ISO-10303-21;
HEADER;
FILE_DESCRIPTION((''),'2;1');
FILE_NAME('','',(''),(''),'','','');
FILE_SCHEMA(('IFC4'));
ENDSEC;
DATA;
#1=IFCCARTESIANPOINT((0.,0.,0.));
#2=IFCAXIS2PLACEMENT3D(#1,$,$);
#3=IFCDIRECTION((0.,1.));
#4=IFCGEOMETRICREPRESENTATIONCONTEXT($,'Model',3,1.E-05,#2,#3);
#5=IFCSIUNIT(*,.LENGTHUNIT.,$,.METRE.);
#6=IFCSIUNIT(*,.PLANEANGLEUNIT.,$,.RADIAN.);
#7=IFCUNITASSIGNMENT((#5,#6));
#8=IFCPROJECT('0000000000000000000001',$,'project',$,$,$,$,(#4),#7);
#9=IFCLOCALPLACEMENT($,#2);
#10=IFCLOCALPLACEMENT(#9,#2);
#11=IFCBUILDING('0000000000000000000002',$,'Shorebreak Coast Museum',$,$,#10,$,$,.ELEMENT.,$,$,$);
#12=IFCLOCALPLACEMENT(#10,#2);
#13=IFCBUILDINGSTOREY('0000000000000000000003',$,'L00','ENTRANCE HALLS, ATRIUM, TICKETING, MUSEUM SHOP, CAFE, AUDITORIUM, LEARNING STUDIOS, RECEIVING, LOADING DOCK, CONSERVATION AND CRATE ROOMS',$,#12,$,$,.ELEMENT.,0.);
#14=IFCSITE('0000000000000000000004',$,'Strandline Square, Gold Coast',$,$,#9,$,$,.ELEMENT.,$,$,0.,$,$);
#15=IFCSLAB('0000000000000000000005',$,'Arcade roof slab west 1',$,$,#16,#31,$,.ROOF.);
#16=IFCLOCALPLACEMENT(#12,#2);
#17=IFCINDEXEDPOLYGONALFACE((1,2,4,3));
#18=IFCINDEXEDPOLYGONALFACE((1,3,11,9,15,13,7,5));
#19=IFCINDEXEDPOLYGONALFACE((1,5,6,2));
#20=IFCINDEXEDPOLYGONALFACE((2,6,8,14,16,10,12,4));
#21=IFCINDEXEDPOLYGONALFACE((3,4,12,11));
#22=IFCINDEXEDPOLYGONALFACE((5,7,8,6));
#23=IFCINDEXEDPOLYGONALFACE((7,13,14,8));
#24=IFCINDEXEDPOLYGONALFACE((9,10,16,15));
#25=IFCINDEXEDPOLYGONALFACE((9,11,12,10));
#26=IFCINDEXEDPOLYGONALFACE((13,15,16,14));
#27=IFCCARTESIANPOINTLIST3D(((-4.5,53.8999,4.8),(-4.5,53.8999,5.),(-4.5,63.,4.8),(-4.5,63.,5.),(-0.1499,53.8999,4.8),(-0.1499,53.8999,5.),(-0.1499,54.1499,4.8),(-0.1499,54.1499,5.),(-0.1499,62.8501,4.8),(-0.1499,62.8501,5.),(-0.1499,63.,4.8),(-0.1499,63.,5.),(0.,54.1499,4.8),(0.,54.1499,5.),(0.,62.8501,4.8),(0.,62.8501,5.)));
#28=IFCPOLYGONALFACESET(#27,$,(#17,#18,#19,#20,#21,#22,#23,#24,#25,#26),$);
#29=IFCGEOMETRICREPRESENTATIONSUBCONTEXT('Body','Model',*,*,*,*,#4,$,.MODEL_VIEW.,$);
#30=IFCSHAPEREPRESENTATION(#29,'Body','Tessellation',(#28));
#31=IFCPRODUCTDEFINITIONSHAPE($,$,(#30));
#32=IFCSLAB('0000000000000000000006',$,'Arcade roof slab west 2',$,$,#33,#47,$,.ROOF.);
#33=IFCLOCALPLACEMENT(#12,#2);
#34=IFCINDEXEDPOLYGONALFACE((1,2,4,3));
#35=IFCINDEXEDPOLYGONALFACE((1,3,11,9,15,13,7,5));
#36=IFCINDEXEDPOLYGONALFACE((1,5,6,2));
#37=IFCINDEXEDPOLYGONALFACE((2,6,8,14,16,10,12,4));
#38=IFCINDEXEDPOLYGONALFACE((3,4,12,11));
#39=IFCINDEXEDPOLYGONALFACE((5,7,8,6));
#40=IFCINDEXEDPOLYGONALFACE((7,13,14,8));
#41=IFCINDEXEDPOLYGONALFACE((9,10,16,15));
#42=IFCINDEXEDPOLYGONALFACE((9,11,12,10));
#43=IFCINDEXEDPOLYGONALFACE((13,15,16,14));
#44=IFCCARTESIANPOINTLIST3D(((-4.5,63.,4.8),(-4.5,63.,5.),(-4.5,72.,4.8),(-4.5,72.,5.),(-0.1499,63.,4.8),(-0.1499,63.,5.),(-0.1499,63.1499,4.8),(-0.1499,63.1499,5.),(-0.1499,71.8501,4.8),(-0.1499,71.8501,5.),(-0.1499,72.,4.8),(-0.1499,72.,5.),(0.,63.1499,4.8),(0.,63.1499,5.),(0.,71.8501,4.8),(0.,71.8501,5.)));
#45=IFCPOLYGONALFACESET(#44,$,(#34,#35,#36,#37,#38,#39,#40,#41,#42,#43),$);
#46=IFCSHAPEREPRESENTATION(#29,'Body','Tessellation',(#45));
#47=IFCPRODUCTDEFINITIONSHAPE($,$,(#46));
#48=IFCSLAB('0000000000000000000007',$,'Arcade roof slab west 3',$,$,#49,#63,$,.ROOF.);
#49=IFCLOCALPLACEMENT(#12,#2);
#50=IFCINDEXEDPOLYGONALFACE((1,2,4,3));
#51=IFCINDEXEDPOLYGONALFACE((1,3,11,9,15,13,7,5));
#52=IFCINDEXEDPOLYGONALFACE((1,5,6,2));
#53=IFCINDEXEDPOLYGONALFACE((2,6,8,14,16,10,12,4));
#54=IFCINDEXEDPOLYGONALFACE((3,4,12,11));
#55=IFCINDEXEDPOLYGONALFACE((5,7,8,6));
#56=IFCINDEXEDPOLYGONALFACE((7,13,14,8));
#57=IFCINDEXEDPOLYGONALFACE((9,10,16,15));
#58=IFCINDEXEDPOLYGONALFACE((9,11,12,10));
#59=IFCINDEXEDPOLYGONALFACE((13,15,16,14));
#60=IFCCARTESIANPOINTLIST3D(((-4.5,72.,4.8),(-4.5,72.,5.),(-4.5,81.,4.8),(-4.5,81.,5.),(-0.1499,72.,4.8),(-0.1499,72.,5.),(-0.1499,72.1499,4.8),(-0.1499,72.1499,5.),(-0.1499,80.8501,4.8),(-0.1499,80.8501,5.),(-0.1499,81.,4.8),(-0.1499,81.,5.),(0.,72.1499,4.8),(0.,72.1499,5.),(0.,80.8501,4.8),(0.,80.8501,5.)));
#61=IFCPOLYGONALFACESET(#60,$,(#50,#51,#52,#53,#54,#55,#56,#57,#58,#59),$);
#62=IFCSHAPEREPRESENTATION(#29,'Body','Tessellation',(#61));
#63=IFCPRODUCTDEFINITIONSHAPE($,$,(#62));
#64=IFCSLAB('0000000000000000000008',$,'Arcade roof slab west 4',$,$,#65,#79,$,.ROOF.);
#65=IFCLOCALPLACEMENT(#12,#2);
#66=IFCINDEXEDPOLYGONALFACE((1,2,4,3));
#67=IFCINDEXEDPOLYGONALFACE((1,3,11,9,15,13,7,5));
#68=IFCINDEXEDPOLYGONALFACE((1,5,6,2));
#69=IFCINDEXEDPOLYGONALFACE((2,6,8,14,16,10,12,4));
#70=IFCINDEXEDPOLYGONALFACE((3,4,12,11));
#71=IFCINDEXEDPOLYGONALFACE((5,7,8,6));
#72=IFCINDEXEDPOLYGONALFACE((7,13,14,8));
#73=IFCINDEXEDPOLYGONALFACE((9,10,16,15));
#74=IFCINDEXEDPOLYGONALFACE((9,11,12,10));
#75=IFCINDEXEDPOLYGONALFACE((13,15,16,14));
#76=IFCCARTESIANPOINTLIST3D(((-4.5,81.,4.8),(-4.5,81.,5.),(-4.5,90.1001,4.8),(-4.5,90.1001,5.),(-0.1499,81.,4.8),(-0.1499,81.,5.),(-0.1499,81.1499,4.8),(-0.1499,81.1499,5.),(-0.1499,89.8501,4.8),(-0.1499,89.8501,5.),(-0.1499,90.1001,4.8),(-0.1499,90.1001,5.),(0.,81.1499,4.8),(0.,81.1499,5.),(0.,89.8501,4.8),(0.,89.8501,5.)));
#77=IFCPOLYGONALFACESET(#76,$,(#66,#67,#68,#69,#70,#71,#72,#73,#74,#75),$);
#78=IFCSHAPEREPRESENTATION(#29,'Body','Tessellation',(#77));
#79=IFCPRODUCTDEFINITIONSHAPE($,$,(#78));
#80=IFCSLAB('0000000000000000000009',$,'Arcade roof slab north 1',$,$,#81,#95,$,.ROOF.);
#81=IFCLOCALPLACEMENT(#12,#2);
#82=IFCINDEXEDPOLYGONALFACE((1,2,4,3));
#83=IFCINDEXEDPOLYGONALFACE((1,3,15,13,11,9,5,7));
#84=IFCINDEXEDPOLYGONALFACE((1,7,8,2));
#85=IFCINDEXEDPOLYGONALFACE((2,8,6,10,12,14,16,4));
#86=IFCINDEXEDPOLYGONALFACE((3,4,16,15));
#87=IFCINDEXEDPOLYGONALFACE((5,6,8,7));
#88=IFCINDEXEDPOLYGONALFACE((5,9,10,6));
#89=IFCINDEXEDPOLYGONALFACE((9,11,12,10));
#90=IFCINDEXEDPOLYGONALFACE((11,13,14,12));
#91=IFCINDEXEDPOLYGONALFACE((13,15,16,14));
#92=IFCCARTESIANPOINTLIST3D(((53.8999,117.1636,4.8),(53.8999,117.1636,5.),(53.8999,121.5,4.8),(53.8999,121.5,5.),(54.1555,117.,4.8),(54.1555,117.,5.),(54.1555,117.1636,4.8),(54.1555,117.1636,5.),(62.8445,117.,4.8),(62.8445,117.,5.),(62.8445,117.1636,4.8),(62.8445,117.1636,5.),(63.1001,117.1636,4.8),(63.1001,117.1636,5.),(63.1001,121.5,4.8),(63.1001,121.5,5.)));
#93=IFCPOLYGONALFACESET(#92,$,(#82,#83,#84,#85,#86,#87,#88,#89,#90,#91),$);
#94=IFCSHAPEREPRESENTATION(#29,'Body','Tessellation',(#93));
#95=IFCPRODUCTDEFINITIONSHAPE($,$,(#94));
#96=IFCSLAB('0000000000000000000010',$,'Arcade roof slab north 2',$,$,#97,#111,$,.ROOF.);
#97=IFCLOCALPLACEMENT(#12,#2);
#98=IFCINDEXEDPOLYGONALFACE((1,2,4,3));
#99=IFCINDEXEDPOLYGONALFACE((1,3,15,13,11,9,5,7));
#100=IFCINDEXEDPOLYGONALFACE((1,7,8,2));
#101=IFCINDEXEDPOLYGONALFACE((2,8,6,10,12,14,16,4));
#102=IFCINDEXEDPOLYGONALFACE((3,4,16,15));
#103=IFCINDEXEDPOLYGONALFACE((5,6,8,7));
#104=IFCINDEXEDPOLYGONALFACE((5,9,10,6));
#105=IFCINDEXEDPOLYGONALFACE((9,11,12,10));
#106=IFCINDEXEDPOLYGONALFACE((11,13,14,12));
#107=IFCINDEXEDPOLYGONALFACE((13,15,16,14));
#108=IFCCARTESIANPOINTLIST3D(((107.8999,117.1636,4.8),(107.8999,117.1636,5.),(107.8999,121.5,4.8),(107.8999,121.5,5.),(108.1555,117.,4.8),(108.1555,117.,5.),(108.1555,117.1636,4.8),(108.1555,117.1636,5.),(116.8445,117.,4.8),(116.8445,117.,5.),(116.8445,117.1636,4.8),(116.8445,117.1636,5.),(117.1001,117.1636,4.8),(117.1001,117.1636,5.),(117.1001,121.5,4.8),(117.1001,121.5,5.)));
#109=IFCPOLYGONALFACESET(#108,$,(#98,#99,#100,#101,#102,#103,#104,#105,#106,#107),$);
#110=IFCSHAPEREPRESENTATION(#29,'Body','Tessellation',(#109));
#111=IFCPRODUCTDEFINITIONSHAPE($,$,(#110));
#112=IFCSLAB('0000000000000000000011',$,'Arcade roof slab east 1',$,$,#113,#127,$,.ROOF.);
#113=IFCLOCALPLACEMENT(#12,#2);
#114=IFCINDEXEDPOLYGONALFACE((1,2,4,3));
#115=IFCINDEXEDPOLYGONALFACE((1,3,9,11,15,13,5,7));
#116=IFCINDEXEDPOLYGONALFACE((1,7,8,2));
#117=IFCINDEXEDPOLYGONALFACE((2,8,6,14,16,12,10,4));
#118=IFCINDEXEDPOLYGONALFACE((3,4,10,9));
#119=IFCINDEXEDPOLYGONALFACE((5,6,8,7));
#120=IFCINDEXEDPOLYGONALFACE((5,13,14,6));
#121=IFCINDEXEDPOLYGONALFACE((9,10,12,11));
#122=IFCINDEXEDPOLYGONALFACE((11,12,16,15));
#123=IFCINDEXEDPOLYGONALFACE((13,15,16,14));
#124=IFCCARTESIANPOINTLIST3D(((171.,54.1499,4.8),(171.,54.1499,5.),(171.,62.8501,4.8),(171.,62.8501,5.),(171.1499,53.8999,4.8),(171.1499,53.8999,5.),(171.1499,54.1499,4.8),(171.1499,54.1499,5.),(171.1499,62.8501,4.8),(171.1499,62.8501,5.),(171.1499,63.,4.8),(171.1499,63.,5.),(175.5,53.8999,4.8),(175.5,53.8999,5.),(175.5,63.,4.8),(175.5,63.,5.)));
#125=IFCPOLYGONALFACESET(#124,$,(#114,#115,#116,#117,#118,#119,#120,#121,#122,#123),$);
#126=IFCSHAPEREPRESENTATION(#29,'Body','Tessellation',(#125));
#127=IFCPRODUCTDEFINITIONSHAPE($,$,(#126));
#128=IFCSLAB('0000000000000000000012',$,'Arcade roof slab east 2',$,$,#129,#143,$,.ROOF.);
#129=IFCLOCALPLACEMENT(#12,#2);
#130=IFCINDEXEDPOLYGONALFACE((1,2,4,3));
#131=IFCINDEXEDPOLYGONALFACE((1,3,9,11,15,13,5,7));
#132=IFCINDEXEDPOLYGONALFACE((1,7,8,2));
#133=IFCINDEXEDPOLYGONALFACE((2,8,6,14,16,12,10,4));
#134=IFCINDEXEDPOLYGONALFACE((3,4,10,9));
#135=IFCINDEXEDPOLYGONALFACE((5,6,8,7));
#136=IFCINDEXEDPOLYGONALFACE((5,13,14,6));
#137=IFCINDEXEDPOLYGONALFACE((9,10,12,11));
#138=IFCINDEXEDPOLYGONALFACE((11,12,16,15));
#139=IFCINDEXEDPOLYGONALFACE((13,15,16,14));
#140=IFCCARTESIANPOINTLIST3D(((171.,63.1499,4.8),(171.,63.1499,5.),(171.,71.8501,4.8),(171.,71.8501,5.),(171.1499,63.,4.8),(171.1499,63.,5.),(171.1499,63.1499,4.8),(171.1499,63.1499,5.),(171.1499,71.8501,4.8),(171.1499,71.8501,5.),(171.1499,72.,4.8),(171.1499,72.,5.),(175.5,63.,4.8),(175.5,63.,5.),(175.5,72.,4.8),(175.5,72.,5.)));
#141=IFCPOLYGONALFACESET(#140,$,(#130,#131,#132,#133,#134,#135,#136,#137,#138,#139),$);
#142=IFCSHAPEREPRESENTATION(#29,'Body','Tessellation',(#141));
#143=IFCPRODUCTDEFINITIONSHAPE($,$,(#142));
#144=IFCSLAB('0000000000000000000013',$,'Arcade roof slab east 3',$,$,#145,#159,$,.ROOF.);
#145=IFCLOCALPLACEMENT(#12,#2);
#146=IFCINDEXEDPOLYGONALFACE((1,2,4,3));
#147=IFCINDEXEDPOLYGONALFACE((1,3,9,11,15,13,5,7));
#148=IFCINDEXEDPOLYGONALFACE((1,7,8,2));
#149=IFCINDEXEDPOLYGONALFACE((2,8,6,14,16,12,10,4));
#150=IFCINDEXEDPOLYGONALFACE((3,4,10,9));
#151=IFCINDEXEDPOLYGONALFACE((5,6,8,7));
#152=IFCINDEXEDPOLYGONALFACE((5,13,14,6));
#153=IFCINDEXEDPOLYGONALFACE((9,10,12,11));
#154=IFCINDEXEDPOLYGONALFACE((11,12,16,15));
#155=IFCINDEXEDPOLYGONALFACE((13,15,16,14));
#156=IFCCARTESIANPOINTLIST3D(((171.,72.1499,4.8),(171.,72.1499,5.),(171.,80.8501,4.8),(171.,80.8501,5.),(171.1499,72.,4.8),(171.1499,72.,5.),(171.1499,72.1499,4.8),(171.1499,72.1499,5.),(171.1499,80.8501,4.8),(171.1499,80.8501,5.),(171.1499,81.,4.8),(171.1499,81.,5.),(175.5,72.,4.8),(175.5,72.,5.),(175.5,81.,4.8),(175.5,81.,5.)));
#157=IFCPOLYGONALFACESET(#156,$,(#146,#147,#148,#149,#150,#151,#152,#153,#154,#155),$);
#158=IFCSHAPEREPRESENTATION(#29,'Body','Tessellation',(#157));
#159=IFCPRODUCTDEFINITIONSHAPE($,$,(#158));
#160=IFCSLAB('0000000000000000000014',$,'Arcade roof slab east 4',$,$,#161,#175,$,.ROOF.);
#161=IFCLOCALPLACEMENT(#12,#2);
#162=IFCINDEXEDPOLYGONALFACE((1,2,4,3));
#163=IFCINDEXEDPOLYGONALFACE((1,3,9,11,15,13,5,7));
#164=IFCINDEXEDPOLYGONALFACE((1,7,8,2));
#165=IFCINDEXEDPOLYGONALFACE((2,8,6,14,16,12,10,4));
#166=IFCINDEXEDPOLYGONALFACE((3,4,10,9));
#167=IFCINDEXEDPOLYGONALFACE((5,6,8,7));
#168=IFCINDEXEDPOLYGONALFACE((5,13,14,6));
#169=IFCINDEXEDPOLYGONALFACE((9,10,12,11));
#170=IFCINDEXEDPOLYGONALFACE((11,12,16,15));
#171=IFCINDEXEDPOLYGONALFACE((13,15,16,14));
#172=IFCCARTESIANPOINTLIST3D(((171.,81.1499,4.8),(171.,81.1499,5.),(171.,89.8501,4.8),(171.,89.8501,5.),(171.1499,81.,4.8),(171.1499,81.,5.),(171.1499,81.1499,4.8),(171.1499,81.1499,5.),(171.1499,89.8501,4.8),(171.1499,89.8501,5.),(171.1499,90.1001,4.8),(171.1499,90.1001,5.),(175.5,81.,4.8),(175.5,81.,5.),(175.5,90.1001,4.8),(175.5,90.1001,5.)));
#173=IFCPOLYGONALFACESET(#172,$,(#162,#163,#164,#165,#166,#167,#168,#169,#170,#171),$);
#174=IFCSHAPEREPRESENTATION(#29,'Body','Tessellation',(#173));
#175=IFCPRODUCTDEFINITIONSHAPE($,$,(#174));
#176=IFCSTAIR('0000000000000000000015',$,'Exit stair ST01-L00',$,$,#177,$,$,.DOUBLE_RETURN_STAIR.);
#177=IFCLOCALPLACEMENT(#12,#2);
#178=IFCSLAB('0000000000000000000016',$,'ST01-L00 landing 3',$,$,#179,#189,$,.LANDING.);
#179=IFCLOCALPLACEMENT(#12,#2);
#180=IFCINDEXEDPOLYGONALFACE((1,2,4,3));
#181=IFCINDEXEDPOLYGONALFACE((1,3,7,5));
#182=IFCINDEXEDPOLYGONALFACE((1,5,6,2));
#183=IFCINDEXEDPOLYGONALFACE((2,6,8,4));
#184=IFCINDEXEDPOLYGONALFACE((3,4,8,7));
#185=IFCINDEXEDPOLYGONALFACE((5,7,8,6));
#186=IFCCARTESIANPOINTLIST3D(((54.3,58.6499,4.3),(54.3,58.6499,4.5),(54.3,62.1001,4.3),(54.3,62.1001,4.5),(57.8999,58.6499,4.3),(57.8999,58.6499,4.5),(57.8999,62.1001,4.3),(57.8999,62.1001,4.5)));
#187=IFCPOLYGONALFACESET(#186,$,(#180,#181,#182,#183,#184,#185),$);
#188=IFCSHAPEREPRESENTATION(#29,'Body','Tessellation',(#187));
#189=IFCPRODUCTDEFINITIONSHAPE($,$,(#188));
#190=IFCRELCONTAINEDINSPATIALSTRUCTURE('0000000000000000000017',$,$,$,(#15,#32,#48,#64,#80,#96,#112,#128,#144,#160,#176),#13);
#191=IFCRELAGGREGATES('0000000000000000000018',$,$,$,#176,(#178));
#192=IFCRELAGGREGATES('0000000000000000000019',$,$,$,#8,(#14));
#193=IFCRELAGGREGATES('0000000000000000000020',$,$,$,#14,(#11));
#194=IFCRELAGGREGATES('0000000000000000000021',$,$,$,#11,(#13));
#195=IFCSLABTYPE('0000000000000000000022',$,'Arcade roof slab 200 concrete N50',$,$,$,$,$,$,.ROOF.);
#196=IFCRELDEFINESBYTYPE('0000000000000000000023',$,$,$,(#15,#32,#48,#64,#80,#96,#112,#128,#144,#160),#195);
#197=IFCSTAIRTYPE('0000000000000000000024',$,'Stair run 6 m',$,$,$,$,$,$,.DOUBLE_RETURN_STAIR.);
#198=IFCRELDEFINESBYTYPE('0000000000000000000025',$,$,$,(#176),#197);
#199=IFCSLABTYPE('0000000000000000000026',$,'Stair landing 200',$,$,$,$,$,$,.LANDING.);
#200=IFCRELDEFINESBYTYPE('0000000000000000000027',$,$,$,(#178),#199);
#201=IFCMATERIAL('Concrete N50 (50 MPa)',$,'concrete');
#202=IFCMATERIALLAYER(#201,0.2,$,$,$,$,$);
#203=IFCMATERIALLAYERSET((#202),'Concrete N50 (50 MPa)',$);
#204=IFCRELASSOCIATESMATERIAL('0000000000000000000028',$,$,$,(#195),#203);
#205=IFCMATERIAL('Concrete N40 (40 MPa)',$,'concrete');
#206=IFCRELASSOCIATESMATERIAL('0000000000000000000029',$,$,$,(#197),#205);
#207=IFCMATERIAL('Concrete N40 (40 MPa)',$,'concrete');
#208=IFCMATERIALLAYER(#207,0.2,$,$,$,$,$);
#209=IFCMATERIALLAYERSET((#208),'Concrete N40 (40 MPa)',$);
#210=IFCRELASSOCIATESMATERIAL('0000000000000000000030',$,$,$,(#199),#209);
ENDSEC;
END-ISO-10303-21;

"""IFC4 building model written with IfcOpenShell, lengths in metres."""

from ifc_helpers import new_model, si_unit, direction, frame, origin, place, context, subcontext, project, spatial, polyline, outline, extrude, material, layer, layer_set, type_object, element, aggregate, save


model = new_model("IFC4")

# Units and contexts
model_context = context("Model", 3, precision=1e-05, world=origin(), true_north=direction((0.0, 1.0)))
body_context = subcontext(model_context, "Body", "Model", "MODEL_VIEW")
ifc_project = project(units=[si_unit("LENGTHUNIT", "METRE"), si_unit("PLANEANGLEUNIT", "RADIAN")], contexts=[model_context])

# Site, building, storey
site_placement = place(None, origin())
site = spatial("IfcSite", under=ifc_project, at=site_placement, Name="Strandline Square, Gold Coast", CompositionType="ELEMENT", RefElevation=0.0)
building_placement = place(site_placement, origin())
building = spatial("IfcBuilding", under=site, at=building_placement, Name="Shorebreak Coast Museum", CompositionType="ELEMENT")
storey_placement = place(building_placement, origin())
storey = spatial("IfcBuildingStorey", under=building, at=storey_placement, Name="L00", Description="ENTRANCE HALLS, ATRIUM, TICKETING, MUSEUM SHOP, CAFE, AUDITORIUM, LEARNING STUDIOS, RECEIVING, LOADING DOCK, CONSERVATION AND CRATE ROOMS", CompositionType="ELEMENT", Elevation=0.0)

# Slabs
ifc_material_1 = material(Name="Concrete N50 (50 MPa)", Category="concrete")
ifc_layer_1 = layer(ifc_material_1, 0.2)
ifc_layer_set_1 = layer_set([ifc_layer_1], Name="Concrete N50 (50 MPa)")
slab_type_1 = type_object("IfcSlabType", Name="Arcade roof slab 200 concrete N50", PredefinedType="ROOF", material=ifc_layer_set_1)
slab_1_placement = place(storey_placement, frame((0.0, 0.0, 4.8)))
element("IfcSlab", 1, at=slab_1_placement, inside=storey, type_object=slab_type_1, Name="Arcade roof slab west 1", PredefinedType="ROOF", context=body_context, shape_type="SweptSolid", body=[
    extrude(outline(polyline([(-4.5, 53.8999), (-4.5, 63.0), (-0.1499, 63.0), (-0.1499, 62.8501), (0.0, 62.8501), (0.0, 54.1499), (-0.1499, 54.1499), (-0.1499, 53.8999), (-4.5, 53.8999)])), origin(), (0.0, 0.0, 1.0), 0.2),
])
slab_2_placement = place(storey_placement, frame((0.0, 0.0, 4.8)))
element("IfcSlab", 2, at=slab_2_placement, inside=storey, type_object=slab_type_1, Name="Arcade roof slab west 2", PredefinedType="ROOF", context=body_context, shape_type="SweptSolid", body=[
    extrude(outline(polyline([(-4.5, 63.0), (-4.5, 72.0), (-0.1499, 72.0), (-0.1499, 71.8501), (0.0, 71.8501), (0.0, 63.1499), (-0.1499, 63.1499), (-0.1499, 63.0), (-4.5, 63.0)])), origin(), (0.0, 0.0, 1.0), 0.2),
])
slab_3_placement = place(storey_placement, frame((0.0, 0.0, 4.8)))
element("IfcSlab", 3, at=slab_3_placement, inside=storey, type_object=slab_type_1, Name="Arcade roof slab west 3", PredefinedType="ROOF", context=body_context, shape_type="SweptSolid", body=[
    extrude(outline(polyline([(-4.5, 72.0), (-4.5, 81.0), (-0.1499, 81.0), (-0.1499, 80.8501), (0.0, 80.8501), (0.0, 72.1499), (-0.1499, 72.1499), (-0.1499, 72.0), (-4.5, 72.0)])), origin(), (0.0, 0.0, 1.0), 0.2),
])
slab_4_placement = place(storey_placement, frame((0.0, 0.0, 4.8)))
element("IfcSlab", 4, at=slab_4_placement, inside=storey, type_object=slab_type_1, Name="Arcade roof slab west 4", PredefinedType="ROOF", context=body_context, shape_type="SweptSolid", body=[
    extrude(outline(polyline([(-4.5, 81.0), (-4.5, 90.1001), (-0.1499, 90.1001), (-0.1499, 89.8501), (0.0, 89.8501), (0.0, 81.1499), (-0.1499, 81.1499), (-0.1499, 81.0), (-4.5, 81.0)])), origin(), (0.0, 0.0, 1.0), 0.2),
])
slab_5_placement = place(storey_placement, frame((0.0, 0.0, 4.8)))
element("IfcSlab", 5, at=slab_5_placement, inside=storey, type_object=slab_type_1, Name="Arcade roof slab north 1", PredefinedType="ROOF", context=body_context, shape_type="SweptSolid", body=[
    extrude(outline(polyline([(53.8999, 121.5), (63.1001, 121.5), (63.1001, 117.1636), (62.8445, 117.1636), (62.8445, 117.0), (54.1555, 117.0), (54.1555, 117.1636), (53.8999, 117.1636), (53.8999, 121.5)])), origin(), (0.0, 0.0, 1.0), 0.2),
])
slab_6_placement = place(storey_placement, frame((0.0, 0.0, 4.8)))
element("IfcSlab", 6, at=slab_6_placement, inside=storey, type_object=slab_type_1, Name="Arcade roof slab north 2", PredefinedType="ROOF", context=body_context, shape_type="SweptSolid", body=[
    extrude(outline(polyline([(107.8999, 121.5), (117.1001, 121.5), (117.1001, 117.1636), (116.8445, 117.1636), (116.8445, 117.0), (108.1555, 117.0), (108.1555, 117.1636), (107.8999, 117.1636), (107.8999, 121.5)])), origin(), (0.0, 0.0, 1.0), 0.2),
])
slab_7_placement = place(storey_placement, frame((0.0, 0.0, 4.8)))
element("IfcSlab", 7, at=slab_7_placement, inside=storey, type_object=slab_type_1, Name="Arcade roof slab east 1", PredefinedType="ROOF", context=body_context, shape_type="SweptSolid", body=[
    extrude(outline(polyline([(175.5, 53.8999), (175.5, 63.0), (171.1499, 63.0), (171.1499, 62.8501), (171.0, 62.8501), (171.0, 54.1499), (171.1499, 54.1499), (171.1499, 53.8999), (175.5, 53.8999)])), origin(), (0.0, 0.0, 1.0), 0.2),
])
slab_8_placement = place(storey_placement, frame((0.0, 0.0, 4.8)))
element("IfcSlab", 8, at=slab_8_placement, inside=storey, type_object=slab_type_1, Name="Arcade roof slab east 2", PredefinedType="ROOF", context=body_context, shape_type="SweptSolid", body=[
    extrude(outline(polyline([(175.5, 63.0), (175.5, 72.0), (171.1499, 72.0), (171.1499, 71.8501), (171.0, 71.8501), (171.0, 63.1499), (171.1499, 63.1499), (171.1499, 63.0), (175.5, 63.0)])), origin(), (0.0, 0.0, 1.0), 0.2),
])
slab_9_placement = place(storey_placement, frame((0.0, 0.0, 4.8)))
element("IfcSlab", 9, at=slab_9_placement, inside=storey, type_object=slab_type_1, Name="Arcade roof slab east 3", PredefinedType="ROOF", context=body_context, shape_type="SweptSolid", body=[
    extrude(outline(polyline([(175.5, 72.0), (175.5, 81.0), (171.1499, 81.0), (171.1499, 80.8501), (171.0, 80.8501), (171.0, 72.1499), (171.1499, 72.1499), (171.1499, 72.0), (175.5, 72.0)])), origin(), (0.0, 0.0, 1.0), 0.2),
])
slab_10_placement = place(storey_placement, frame((0.0, 0.0, 4.8)))
element("IfcSlab", 10, at=slab_10_placement, inside=storey, type_object=slab_type_1, Name="Arcade roof slab east 4", PredefinedType="ROOF", context=body_context, shape_type="SweptSolid", body=[
    extrude(outline(polyline([(175.5, 81.0), (175.5, 90.1001), (171.1499, 90.1001), (171.1499, 89.8501), (171.0, 89.8501), (171.0, 81.1499), (171.1499, 81.1499), (171.1499, 81.0), (175.5, 81.0)])), origin(), (0.0, 0.0, 1.0), 0.2),
])

# Stair, slab
ifc_material_2 = material(Name="Concrete N40 (40 MPa)", Category="concrete")
stair_type = type_object("IfcStairType", Name="Stair run 6 m", PredefinedType="DOUBLE_RETURN_STAIR", material=ifc_material_2)
stair_1_placement = place(storey_placement, origin())
stair_1 = element("IfcStair", 11, at=stair_1_placement, inside=storey, type_object=stair_type, Name="Exit stair ST01-L00", PredefinedType="DOUBLE_RETURN_STAIR")
ifc_material_3 = material(Name="Concrete N40 (40 MPa)", Category="concrete")
ifc_layer_2 = layer(ifc_material_3, 0.2)
ifc_layer_set_2 = layer_set([ifc_layer_2], Name="Concrete N40 (40 MPa)")
slab_type_2 = type_object("IfcSlabType", Name="Stair landing 200", PredefinedType="LANDING", material=ifc_layer_set_2)
slab_11_placement = place(storey_placement, frame((0.0, 0.0, 4.3)))
slab_11 = element("IfcSlab", 12, at=slab_11_placement, type_object=slab_type_2, Name="ST01-L00 landing 3", PredefinedType="LANDING", context=body_context, shape_type="SweptSolid", body=[
    extrude(outline(polyline([(54.3, 58.6499), (57.8999, 58.6499), (57.8999, 62.1001), (54.3, 62.1001), (54.3, 58.6499)])), origin(), (0.0, 0.0, 1.0), 0.2),
])
aggregate(stair_1, [slab_11])

save(model, "model.ifc")
